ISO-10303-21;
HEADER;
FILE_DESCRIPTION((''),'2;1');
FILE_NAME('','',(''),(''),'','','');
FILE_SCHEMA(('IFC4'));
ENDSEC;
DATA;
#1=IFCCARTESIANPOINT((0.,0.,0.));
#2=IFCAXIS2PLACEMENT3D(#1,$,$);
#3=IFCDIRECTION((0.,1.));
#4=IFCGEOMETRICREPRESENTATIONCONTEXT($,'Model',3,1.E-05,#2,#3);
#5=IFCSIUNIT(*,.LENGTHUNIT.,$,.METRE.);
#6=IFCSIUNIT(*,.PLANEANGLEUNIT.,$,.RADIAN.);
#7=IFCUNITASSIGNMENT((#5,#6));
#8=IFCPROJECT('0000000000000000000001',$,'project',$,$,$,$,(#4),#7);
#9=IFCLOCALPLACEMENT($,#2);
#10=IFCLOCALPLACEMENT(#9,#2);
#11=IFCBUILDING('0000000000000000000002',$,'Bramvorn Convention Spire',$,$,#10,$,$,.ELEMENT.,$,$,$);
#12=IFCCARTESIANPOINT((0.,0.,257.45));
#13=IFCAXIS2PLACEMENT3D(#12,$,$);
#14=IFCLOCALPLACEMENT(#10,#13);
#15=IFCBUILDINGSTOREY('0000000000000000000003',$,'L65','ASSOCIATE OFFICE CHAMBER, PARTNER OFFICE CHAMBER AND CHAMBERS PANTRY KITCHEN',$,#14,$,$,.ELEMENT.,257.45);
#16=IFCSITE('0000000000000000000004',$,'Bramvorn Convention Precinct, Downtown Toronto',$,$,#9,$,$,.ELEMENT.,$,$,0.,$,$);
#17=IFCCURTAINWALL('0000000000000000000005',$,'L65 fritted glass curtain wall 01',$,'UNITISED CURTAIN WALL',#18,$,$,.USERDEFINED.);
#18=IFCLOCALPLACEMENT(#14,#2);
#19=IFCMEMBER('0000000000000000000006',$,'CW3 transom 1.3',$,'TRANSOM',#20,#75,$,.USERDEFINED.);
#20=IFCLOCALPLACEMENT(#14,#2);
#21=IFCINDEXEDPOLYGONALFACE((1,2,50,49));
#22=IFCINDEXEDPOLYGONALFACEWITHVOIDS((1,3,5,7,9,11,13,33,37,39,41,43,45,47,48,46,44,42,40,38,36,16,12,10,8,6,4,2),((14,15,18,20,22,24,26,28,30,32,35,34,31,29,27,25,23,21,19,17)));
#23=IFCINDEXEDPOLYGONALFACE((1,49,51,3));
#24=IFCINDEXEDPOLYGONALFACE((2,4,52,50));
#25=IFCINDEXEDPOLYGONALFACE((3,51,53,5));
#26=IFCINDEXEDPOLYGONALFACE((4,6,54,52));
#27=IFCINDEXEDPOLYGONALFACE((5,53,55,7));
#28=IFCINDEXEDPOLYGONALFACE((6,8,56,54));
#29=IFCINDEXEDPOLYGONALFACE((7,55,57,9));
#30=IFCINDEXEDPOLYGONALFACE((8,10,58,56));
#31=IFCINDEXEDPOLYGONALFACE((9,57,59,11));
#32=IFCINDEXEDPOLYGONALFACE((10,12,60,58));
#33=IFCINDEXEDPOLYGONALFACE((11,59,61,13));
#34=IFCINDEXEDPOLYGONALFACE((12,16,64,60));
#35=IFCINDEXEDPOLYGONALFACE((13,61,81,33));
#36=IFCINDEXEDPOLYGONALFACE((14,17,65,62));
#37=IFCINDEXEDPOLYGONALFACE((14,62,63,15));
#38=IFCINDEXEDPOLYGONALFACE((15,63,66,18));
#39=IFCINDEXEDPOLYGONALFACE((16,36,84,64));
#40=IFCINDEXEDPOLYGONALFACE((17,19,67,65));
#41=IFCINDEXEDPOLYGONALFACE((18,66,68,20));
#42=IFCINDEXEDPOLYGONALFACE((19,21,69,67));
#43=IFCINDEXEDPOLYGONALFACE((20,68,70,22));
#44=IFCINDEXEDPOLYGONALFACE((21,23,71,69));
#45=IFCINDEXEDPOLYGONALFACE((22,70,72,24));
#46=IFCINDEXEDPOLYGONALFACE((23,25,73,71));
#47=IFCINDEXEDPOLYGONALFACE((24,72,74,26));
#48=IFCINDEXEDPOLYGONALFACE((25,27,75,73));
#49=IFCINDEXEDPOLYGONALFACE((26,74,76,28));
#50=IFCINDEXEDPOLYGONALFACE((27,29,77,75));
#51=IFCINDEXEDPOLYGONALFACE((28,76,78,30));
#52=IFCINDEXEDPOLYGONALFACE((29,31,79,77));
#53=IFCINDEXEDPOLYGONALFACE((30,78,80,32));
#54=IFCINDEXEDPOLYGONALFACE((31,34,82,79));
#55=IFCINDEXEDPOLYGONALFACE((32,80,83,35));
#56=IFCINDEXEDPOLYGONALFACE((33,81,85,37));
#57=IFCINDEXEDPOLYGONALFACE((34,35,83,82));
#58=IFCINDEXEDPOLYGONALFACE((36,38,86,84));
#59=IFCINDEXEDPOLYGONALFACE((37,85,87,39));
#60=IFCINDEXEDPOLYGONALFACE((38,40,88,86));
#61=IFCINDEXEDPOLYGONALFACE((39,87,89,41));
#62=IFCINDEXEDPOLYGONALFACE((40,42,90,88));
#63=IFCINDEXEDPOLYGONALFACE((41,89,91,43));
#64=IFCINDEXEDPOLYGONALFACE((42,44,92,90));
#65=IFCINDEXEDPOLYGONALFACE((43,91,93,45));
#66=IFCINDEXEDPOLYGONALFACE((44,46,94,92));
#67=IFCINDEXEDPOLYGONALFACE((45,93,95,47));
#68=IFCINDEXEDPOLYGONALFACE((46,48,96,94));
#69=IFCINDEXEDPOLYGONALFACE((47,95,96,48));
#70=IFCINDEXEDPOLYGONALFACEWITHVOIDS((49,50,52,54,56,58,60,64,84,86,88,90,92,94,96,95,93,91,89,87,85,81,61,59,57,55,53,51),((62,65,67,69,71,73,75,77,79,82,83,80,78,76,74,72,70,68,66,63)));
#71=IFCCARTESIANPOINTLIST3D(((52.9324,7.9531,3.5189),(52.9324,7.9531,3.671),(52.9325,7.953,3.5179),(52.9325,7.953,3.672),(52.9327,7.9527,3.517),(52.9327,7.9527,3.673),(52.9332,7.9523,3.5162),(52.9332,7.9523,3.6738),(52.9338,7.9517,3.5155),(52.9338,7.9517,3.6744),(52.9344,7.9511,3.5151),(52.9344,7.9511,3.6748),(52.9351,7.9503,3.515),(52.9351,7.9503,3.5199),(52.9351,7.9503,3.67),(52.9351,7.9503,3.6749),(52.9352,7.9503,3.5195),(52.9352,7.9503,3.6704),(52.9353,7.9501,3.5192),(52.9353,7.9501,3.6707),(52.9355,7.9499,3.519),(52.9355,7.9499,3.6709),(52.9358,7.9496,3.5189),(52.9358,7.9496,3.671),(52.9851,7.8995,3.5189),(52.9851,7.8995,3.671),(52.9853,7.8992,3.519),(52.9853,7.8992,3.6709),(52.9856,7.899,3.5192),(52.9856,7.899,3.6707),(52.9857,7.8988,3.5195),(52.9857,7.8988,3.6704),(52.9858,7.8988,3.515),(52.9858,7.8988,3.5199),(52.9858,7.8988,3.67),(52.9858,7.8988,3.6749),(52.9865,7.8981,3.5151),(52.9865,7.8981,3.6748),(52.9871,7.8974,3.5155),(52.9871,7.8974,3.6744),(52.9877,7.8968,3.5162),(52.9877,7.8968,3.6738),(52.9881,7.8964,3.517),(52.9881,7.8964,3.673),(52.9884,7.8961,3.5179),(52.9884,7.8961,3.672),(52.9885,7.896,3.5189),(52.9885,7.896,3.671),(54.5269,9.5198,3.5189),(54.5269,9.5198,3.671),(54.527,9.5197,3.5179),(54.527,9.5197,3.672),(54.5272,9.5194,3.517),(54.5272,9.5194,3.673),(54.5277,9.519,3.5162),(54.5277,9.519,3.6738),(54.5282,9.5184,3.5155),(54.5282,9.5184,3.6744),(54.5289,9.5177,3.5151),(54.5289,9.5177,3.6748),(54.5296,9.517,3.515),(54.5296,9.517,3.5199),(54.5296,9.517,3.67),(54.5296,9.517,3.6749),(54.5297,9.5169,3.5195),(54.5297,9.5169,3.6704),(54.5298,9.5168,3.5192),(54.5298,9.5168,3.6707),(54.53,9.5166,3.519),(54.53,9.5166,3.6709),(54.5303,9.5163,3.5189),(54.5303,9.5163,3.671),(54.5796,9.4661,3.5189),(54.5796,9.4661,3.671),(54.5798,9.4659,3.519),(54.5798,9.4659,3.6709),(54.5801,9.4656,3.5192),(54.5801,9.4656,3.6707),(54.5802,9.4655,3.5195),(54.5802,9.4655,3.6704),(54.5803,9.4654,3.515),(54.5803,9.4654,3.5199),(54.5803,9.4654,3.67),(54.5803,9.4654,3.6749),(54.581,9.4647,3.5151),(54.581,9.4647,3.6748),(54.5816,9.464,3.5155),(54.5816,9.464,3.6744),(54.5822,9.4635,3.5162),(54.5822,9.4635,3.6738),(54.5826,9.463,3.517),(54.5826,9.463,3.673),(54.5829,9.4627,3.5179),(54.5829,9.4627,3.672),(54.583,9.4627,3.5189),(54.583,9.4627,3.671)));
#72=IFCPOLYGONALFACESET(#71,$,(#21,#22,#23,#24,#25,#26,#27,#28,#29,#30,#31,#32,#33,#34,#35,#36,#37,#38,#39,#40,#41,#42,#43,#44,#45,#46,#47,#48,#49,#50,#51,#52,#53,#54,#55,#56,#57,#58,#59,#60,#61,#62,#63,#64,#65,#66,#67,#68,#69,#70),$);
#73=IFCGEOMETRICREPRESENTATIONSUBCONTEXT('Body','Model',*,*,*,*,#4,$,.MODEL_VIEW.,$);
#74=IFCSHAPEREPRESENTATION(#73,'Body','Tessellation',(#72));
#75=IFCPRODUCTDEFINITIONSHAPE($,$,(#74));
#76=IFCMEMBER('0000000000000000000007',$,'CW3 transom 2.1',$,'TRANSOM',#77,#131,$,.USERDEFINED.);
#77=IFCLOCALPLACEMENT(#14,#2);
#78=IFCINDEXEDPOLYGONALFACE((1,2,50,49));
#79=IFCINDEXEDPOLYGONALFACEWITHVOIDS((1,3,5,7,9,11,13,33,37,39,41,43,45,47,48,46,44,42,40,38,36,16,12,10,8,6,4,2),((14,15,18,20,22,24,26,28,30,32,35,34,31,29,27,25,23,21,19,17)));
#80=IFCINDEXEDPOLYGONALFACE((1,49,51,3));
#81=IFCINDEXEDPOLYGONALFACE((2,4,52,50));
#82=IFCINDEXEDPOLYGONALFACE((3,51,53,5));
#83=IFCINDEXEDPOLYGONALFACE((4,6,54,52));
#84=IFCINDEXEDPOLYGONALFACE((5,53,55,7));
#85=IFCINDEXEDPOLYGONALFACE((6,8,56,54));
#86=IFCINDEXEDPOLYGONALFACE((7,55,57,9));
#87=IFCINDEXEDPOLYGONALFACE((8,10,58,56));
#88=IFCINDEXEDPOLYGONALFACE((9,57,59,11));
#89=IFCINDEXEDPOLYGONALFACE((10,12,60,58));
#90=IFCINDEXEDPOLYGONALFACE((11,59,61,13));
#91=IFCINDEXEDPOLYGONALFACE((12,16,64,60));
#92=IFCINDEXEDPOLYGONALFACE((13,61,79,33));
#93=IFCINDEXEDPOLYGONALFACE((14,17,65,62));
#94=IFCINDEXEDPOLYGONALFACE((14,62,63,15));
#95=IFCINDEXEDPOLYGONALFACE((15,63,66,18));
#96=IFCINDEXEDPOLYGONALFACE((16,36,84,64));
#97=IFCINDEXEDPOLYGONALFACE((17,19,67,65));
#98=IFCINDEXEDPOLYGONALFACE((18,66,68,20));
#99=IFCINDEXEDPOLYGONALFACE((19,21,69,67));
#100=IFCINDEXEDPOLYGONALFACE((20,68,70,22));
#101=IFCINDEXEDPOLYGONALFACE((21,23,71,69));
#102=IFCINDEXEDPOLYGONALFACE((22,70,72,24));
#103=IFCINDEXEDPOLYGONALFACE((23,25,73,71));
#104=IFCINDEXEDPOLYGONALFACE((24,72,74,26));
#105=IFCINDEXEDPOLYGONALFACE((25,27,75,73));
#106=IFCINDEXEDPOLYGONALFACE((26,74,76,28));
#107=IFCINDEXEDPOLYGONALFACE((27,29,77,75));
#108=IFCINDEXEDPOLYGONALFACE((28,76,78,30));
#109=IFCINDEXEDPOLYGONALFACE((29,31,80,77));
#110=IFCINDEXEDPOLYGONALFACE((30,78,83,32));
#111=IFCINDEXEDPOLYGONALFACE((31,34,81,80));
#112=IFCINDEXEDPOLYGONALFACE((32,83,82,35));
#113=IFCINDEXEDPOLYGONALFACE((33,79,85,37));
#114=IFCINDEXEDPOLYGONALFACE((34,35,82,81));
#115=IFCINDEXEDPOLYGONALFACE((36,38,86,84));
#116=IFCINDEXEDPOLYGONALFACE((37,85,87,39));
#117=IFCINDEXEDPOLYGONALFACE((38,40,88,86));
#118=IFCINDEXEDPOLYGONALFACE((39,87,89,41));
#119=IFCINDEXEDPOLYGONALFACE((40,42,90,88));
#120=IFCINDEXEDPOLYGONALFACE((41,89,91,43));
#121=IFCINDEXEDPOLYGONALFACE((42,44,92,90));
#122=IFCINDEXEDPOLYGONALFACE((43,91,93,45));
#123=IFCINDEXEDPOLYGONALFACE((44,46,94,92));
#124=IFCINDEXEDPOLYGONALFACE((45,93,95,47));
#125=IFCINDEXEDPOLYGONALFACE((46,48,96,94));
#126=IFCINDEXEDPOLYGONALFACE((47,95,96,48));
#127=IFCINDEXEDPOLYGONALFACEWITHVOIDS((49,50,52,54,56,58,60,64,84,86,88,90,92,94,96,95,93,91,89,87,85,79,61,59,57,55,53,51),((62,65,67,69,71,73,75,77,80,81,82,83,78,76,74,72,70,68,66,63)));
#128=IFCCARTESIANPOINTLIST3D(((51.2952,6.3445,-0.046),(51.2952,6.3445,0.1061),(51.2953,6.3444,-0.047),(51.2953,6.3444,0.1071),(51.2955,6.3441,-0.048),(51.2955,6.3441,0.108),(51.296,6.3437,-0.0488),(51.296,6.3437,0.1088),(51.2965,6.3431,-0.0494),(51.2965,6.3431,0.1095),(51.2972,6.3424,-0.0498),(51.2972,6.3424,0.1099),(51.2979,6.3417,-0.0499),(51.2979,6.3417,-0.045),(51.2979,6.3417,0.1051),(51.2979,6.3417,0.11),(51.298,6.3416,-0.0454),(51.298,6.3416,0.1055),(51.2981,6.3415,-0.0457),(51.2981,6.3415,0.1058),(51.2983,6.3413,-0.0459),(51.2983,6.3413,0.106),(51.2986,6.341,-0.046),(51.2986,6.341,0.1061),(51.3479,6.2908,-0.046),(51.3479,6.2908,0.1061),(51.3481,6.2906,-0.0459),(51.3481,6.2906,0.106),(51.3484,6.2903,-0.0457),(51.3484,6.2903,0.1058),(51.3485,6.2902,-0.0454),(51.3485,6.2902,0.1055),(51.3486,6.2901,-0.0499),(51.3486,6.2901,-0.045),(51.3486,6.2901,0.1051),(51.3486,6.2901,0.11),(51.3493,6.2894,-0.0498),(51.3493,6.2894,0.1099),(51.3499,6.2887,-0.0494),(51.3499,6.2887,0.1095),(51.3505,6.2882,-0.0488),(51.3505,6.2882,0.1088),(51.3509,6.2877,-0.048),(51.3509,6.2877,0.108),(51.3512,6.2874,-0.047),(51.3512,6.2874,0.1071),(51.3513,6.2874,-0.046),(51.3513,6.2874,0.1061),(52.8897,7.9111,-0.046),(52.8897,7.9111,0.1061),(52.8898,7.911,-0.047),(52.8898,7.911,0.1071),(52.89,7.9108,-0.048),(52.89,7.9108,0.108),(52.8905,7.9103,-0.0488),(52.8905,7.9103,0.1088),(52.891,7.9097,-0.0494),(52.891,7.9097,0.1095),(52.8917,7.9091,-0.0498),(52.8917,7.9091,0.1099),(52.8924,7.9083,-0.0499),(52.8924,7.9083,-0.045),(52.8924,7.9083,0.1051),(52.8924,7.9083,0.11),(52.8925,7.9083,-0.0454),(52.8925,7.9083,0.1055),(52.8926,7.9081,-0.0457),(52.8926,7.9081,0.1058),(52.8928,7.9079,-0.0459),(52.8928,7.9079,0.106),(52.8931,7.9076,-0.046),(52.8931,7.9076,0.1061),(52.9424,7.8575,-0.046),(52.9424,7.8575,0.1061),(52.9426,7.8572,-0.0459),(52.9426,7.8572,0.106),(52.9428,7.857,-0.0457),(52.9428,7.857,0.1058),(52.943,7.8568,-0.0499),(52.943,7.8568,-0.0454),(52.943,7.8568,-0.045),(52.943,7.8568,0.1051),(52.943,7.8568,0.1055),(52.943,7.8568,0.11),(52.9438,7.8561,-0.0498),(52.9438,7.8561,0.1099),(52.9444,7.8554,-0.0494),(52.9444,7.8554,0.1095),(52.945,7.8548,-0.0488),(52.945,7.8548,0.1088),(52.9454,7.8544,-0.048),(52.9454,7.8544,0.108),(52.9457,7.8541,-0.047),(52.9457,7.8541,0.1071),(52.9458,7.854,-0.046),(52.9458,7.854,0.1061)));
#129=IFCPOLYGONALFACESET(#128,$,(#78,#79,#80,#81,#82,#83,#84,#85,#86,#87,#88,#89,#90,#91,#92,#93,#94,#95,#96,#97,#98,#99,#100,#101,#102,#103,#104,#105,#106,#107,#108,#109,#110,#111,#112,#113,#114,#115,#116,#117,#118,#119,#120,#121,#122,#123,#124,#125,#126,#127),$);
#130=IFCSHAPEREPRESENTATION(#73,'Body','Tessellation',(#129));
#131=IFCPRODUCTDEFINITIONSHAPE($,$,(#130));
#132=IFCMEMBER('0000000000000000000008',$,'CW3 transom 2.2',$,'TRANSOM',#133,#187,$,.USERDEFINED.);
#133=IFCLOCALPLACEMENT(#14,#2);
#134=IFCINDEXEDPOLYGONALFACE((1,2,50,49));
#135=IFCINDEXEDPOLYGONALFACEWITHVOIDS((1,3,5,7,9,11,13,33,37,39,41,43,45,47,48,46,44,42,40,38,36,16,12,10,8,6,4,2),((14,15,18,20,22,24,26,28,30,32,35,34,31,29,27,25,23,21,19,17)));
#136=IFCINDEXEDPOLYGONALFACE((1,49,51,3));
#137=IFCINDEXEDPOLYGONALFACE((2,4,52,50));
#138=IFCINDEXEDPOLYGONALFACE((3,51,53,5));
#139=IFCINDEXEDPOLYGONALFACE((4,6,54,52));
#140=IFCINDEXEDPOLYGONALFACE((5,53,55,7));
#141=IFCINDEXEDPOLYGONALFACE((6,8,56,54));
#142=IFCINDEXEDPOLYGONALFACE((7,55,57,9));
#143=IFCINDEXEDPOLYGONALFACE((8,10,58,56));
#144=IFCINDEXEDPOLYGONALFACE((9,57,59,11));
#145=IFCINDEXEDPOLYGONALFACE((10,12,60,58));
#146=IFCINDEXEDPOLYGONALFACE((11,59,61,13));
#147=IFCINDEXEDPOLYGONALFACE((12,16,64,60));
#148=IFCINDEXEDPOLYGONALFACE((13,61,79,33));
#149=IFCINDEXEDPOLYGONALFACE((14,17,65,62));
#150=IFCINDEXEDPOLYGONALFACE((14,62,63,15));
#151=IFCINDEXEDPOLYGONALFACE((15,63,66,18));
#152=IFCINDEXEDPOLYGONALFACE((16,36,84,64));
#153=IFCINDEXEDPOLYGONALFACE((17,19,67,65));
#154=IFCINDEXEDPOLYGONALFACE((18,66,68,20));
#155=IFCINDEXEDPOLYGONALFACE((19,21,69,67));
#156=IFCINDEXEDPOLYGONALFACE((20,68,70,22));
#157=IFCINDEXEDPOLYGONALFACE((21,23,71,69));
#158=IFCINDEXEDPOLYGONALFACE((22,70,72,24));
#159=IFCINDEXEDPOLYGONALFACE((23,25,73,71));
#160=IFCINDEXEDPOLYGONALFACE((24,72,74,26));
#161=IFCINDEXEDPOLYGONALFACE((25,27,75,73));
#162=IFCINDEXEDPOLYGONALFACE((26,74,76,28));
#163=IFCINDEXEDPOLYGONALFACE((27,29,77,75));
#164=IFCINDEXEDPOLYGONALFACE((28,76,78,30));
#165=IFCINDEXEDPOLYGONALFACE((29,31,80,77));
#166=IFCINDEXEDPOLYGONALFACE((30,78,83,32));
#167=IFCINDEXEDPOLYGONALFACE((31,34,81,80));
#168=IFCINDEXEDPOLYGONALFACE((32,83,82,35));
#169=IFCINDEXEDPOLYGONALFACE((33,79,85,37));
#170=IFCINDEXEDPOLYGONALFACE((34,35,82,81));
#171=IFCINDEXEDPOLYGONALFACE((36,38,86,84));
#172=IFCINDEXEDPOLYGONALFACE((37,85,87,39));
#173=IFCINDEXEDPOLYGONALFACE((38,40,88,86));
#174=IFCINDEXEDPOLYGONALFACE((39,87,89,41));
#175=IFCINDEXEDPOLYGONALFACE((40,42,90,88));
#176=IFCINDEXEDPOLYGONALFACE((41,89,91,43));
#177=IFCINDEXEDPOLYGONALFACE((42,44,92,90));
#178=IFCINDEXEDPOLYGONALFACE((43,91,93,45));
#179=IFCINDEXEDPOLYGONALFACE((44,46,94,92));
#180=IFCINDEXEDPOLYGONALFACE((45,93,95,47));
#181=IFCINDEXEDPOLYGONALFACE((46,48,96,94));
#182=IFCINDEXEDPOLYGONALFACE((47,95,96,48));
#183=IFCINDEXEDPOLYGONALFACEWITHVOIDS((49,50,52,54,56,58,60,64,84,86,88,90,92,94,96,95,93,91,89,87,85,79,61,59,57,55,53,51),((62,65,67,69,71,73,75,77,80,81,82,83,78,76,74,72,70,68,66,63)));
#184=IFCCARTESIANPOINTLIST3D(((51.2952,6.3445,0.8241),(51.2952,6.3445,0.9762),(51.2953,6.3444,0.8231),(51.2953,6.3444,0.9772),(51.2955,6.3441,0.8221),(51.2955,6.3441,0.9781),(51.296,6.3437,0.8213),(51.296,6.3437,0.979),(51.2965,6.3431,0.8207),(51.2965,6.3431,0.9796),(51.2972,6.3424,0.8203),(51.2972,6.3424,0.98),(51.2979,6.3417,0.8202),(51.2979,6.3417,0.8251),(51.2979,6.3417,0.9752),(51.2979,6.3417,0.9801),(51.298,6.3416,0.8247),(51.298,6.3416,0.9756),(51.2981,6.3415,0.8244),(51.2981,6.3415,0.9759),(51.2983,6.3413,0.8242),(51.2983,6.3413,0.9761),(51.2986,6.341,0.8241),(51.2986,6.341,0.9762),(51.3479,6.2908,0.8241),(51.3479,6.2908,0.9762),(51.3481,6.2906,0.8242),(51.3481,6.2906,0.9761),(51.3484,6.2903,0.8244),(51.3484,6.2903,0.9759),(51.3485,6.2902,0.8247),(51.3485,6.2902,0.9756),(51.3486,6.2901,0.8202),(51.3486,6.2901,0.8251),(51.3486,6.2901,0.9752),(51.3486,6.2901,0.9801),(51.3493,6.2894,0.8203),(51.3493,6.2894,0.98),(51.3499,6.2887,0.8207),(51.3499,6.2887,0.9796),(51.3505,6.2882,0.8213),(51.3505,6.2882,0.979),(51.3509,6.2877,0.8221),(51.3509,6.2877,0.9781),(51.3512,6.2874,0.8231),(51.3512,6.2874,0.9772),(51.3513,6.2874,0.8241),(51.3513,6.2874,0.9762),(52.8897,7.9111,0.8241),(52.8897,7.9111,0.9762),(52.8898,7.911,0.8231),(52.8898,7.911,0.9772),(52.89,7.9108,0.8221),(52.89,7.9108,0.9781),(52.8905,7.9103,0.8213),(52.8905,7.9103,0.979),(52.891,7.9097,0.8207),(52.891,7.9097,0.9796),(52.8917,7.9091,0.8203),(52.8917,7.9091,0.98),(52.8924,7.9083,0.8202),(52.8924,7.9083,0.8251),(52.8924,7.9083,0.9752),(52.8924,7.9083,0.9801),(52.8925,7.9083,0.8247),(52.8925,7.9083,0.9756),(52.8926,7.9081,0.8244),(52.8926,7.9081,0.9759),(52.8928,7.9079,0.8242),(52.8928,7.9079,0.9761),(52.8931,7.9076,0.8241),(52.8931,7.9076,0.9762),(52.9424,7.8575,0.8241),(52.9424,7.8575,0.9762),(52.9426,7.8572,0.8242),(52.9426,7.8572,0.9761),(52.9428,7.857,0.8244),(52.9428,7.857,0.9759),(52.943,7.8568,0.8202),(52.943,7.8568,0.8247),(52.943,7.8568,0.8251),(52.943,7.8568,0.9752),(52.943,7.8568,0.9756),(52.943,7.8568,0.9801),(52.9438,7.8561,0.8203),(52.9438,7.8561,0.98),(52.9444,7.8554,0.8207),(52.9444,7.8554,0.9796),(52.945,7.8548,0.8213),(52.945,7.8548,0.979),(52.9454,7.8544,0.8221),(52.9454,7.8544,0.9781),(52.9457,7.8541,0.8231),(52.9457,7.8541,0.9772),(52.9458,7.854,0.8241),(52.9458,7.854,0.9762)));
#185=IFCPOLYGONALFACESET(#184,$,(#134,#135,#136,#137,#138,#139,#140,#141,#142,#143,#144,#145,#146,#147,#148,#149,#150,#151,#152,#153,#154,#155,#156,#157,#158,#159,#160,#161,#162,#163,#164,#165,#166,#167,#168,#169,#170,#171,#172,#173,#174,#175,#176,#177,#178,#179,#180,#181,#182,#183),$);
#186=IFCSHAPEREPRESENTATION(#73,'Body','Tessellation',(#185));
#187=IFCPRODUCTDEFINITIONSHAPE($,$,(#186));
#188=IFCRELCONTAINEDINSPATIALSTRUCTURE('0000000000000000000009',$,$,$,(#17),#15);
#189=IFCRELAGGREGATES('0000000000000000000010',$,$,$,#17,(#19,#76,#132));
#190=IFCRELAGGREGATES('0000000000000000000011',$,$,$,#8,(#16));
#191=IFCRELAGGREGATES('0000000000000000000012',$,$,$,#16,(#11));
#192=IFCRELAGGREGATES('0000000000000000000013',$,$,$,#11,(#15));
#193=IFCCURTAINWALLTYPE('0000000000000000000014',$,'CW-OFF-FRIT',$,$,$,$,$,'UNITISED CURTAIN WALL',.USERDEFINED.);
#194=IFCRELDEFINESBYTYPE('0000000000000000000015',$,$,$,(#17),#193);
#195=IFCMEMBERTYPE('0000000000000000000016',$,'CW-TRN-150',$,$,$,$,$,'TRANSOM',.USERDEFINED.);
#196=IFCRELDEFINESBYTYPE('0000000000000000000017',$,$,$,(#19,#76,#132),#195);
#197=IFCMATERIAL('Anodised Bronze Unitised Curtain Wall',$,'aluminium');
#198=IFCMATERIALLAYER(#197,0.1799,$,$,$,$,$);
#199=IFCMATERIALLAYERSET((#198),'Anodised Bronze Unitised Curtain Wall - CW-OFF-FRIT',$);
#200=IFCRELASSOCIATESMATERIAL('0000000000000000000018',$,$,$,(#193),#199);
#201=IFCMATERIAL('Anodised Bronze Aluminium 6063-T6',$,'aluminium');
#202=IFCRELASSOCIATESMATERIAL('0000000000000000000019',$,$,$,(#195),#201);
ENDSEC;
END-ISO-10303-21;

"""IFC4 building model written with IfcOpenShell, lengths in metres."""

from ifc_helpers import new_model, si_unit, direction, frame, origin, origin_2d, place, context, subcontext, project, spatial, hollow_rectangle, extrude, material, layer, layer_set, material_profile, profile_set, type_object, element, aggregate, save


model = new_model("IFC4")

# Units and contexts
model_context = context("Model", 3, precision=1e-05, world=origin(), true_north=direction((0.0, 1.0)))
body_context = subcontext(model_context, "Body", "Model", "MODEL_VIEW")
ifc_project = project(units=[si_unit("LENGTHUNIT", "METRE"), si_unit("PLANEANGLEUNIT", "RADIAN")], contexts=[model_context])

# Site, building, storey
site_placement = place(None, origin())
site = spatial("IfcSite", under=ifc_project, at=site_placement, Name="Bramvorn Convention Precinct, Downtown Toronto", CompositionType="ELEMENT", RefElevation=0.0)
building_placement = place(site_placement, origin())
building = spatial("IfcBuilding", under=site, at=building_placement, Name="Bramvorn Convention Spire", CompositionType="ELEMENT")
storey_placement = place(building_placement, frame((0.0, 0.0, 257.45)))
storey = spatial("IfcBuildingStorey", under=building, at=storey_placement, Name="L65", Description="ASSOCIATE OFFICE CHAMBER, PARTNER OFFICE CHAMBER AND CHAMBERS PANTRY KITCHEN", CompositionType="ELEMENT", Elevation=257.45)

# Curtain wall
ifc_material_1 = material(Name="Anodised Bronze Unitised Curtain Wall", Category="aluminium")
ifc_layer_1 = layer(ifc_material_1, 0.1799)
ifc_layer_set_1 = layer_set([ifc_layer_1], Name="Anodised Bronze Unitised Curtain Wall - CW-OFF-FRIT")
curtain_wall_type = type_object("IfcCurtainWallType", Name="CW-OFF-FRIT", ElementType="UNITISED CURTAIN WALL", PredefinedType="USERDEFINED", material=ifc_layer_set_1)
curtain_wall_1_placement = place(storey_placement, origin())
curtain_wall_1 = element("IfcCurtainWall", 1, at=curtain_wall_1_placement, inside=storey, type_object=curtain_wall_type, Name="L65 fritted glass curtain wall 01", ObjectType="UNITISED CURTAIN WALL", PredefinedType="USERDEFINED")
ifc_material_2 = material(Name="Anodised Bronze Aluminium 6063-T6", Category="aluminium")

# Members
ifc_material_profile_1 = material_profile(ifc_material_2, hollow_rectangle(XDim=0.0801, YDim=0.1599, WallThickness=0.0039, InnerFilletRadius=0.001, OuterFilletRadius=0.0039, at=origin_2d()))
ifc_profile_set_1 = profile_set([ifc_material_profile_1], Name="Anodised Bronze Aluminium 6063-T6 - CWT80X160")
member_type_1 = type_object("IfcMemberType", Name="CW-TRN-150", ElementType="TRANSOM", PredefinedType="USERDEFINED", material=ifc_profile_set_1)
member_1_placement = place(storey_placement, frame((54.5549, 9.4912, 3.595), z_axis=(-0.713305, -0.700854, 0.0), x_axis=(0.700854, -0.713305, 0.0)))
member_1 = element("IfcMember", 2, at=member_1_placement, type_object=member_type_1, Name="CW3 transom 1.3", ObjectType="TRANSOM", PredefinedType="USERDEFINED", context=body_context, shape_type="SweptSolid", body=[
    extrude(hollow_rectangle(XDim=0.0801, YDim=0.1599, WallThickness=0.0039, InnerFilletRadius=0.001, OuterFilletRadius=0.0039, at=origin_2d()), origin(), (0.0, 0.0, 1.0), 2.2354),
])
member_2_placement = place(storey_placement, frame((52.9177, 7.8826, 0.03), z_axis=(-0.713305, -0.700854, 0.0), x_axis=(0.700854, -0.713305, 0.0)))
member_2 = element("IfcMember", 3, at=member_2_placement, type_object=member_type_1, Name="CW3 transom 2.1", ObjectType="TRANSOM", PredefinedType="USERDEFINED", context=body_context, shape_type="SweptSolid", body=[
    extrude(hollow_rectangle(XDim=0.0801, YDim=0.1599, WallThickness=0.0039, InnerFilletRadius=0.001, OuterFilletRadius=0.0039, at=origin_2d()), origin(), (0.0, 0.0, 1.0), 2.2354),
])
member_3_placement = place(storey_placement, frame((52.9177, 7.8826, 0.9001), z_axis=(-0.713305, -0.700854, 0.0), x_axis=(0.700854, -0.713305, 0.0)))
member_3 = element("IfcMember", 4, at=member_3_placement, type_object=member_type_1, Name="CW3 transom 2.2", ObjectType="TRANSOM", PredefinedType="USERDEFINED", context=body_context, shape_type="SweptSolid", body=[
    extrude(hollow_rectangle(XDim=0.0801, YDim=0.1599, WallThickness=0.0039, InnerFilletRadius=0.001, OuterFilletRadius=0.0039, at=origin_2d()), origin(), (0.0, 0.0, 1.0), 2.2354),
])

aggregate(curtain_wall_1, [member_1, member_2, member_3])

save(model, "model.ifc")
